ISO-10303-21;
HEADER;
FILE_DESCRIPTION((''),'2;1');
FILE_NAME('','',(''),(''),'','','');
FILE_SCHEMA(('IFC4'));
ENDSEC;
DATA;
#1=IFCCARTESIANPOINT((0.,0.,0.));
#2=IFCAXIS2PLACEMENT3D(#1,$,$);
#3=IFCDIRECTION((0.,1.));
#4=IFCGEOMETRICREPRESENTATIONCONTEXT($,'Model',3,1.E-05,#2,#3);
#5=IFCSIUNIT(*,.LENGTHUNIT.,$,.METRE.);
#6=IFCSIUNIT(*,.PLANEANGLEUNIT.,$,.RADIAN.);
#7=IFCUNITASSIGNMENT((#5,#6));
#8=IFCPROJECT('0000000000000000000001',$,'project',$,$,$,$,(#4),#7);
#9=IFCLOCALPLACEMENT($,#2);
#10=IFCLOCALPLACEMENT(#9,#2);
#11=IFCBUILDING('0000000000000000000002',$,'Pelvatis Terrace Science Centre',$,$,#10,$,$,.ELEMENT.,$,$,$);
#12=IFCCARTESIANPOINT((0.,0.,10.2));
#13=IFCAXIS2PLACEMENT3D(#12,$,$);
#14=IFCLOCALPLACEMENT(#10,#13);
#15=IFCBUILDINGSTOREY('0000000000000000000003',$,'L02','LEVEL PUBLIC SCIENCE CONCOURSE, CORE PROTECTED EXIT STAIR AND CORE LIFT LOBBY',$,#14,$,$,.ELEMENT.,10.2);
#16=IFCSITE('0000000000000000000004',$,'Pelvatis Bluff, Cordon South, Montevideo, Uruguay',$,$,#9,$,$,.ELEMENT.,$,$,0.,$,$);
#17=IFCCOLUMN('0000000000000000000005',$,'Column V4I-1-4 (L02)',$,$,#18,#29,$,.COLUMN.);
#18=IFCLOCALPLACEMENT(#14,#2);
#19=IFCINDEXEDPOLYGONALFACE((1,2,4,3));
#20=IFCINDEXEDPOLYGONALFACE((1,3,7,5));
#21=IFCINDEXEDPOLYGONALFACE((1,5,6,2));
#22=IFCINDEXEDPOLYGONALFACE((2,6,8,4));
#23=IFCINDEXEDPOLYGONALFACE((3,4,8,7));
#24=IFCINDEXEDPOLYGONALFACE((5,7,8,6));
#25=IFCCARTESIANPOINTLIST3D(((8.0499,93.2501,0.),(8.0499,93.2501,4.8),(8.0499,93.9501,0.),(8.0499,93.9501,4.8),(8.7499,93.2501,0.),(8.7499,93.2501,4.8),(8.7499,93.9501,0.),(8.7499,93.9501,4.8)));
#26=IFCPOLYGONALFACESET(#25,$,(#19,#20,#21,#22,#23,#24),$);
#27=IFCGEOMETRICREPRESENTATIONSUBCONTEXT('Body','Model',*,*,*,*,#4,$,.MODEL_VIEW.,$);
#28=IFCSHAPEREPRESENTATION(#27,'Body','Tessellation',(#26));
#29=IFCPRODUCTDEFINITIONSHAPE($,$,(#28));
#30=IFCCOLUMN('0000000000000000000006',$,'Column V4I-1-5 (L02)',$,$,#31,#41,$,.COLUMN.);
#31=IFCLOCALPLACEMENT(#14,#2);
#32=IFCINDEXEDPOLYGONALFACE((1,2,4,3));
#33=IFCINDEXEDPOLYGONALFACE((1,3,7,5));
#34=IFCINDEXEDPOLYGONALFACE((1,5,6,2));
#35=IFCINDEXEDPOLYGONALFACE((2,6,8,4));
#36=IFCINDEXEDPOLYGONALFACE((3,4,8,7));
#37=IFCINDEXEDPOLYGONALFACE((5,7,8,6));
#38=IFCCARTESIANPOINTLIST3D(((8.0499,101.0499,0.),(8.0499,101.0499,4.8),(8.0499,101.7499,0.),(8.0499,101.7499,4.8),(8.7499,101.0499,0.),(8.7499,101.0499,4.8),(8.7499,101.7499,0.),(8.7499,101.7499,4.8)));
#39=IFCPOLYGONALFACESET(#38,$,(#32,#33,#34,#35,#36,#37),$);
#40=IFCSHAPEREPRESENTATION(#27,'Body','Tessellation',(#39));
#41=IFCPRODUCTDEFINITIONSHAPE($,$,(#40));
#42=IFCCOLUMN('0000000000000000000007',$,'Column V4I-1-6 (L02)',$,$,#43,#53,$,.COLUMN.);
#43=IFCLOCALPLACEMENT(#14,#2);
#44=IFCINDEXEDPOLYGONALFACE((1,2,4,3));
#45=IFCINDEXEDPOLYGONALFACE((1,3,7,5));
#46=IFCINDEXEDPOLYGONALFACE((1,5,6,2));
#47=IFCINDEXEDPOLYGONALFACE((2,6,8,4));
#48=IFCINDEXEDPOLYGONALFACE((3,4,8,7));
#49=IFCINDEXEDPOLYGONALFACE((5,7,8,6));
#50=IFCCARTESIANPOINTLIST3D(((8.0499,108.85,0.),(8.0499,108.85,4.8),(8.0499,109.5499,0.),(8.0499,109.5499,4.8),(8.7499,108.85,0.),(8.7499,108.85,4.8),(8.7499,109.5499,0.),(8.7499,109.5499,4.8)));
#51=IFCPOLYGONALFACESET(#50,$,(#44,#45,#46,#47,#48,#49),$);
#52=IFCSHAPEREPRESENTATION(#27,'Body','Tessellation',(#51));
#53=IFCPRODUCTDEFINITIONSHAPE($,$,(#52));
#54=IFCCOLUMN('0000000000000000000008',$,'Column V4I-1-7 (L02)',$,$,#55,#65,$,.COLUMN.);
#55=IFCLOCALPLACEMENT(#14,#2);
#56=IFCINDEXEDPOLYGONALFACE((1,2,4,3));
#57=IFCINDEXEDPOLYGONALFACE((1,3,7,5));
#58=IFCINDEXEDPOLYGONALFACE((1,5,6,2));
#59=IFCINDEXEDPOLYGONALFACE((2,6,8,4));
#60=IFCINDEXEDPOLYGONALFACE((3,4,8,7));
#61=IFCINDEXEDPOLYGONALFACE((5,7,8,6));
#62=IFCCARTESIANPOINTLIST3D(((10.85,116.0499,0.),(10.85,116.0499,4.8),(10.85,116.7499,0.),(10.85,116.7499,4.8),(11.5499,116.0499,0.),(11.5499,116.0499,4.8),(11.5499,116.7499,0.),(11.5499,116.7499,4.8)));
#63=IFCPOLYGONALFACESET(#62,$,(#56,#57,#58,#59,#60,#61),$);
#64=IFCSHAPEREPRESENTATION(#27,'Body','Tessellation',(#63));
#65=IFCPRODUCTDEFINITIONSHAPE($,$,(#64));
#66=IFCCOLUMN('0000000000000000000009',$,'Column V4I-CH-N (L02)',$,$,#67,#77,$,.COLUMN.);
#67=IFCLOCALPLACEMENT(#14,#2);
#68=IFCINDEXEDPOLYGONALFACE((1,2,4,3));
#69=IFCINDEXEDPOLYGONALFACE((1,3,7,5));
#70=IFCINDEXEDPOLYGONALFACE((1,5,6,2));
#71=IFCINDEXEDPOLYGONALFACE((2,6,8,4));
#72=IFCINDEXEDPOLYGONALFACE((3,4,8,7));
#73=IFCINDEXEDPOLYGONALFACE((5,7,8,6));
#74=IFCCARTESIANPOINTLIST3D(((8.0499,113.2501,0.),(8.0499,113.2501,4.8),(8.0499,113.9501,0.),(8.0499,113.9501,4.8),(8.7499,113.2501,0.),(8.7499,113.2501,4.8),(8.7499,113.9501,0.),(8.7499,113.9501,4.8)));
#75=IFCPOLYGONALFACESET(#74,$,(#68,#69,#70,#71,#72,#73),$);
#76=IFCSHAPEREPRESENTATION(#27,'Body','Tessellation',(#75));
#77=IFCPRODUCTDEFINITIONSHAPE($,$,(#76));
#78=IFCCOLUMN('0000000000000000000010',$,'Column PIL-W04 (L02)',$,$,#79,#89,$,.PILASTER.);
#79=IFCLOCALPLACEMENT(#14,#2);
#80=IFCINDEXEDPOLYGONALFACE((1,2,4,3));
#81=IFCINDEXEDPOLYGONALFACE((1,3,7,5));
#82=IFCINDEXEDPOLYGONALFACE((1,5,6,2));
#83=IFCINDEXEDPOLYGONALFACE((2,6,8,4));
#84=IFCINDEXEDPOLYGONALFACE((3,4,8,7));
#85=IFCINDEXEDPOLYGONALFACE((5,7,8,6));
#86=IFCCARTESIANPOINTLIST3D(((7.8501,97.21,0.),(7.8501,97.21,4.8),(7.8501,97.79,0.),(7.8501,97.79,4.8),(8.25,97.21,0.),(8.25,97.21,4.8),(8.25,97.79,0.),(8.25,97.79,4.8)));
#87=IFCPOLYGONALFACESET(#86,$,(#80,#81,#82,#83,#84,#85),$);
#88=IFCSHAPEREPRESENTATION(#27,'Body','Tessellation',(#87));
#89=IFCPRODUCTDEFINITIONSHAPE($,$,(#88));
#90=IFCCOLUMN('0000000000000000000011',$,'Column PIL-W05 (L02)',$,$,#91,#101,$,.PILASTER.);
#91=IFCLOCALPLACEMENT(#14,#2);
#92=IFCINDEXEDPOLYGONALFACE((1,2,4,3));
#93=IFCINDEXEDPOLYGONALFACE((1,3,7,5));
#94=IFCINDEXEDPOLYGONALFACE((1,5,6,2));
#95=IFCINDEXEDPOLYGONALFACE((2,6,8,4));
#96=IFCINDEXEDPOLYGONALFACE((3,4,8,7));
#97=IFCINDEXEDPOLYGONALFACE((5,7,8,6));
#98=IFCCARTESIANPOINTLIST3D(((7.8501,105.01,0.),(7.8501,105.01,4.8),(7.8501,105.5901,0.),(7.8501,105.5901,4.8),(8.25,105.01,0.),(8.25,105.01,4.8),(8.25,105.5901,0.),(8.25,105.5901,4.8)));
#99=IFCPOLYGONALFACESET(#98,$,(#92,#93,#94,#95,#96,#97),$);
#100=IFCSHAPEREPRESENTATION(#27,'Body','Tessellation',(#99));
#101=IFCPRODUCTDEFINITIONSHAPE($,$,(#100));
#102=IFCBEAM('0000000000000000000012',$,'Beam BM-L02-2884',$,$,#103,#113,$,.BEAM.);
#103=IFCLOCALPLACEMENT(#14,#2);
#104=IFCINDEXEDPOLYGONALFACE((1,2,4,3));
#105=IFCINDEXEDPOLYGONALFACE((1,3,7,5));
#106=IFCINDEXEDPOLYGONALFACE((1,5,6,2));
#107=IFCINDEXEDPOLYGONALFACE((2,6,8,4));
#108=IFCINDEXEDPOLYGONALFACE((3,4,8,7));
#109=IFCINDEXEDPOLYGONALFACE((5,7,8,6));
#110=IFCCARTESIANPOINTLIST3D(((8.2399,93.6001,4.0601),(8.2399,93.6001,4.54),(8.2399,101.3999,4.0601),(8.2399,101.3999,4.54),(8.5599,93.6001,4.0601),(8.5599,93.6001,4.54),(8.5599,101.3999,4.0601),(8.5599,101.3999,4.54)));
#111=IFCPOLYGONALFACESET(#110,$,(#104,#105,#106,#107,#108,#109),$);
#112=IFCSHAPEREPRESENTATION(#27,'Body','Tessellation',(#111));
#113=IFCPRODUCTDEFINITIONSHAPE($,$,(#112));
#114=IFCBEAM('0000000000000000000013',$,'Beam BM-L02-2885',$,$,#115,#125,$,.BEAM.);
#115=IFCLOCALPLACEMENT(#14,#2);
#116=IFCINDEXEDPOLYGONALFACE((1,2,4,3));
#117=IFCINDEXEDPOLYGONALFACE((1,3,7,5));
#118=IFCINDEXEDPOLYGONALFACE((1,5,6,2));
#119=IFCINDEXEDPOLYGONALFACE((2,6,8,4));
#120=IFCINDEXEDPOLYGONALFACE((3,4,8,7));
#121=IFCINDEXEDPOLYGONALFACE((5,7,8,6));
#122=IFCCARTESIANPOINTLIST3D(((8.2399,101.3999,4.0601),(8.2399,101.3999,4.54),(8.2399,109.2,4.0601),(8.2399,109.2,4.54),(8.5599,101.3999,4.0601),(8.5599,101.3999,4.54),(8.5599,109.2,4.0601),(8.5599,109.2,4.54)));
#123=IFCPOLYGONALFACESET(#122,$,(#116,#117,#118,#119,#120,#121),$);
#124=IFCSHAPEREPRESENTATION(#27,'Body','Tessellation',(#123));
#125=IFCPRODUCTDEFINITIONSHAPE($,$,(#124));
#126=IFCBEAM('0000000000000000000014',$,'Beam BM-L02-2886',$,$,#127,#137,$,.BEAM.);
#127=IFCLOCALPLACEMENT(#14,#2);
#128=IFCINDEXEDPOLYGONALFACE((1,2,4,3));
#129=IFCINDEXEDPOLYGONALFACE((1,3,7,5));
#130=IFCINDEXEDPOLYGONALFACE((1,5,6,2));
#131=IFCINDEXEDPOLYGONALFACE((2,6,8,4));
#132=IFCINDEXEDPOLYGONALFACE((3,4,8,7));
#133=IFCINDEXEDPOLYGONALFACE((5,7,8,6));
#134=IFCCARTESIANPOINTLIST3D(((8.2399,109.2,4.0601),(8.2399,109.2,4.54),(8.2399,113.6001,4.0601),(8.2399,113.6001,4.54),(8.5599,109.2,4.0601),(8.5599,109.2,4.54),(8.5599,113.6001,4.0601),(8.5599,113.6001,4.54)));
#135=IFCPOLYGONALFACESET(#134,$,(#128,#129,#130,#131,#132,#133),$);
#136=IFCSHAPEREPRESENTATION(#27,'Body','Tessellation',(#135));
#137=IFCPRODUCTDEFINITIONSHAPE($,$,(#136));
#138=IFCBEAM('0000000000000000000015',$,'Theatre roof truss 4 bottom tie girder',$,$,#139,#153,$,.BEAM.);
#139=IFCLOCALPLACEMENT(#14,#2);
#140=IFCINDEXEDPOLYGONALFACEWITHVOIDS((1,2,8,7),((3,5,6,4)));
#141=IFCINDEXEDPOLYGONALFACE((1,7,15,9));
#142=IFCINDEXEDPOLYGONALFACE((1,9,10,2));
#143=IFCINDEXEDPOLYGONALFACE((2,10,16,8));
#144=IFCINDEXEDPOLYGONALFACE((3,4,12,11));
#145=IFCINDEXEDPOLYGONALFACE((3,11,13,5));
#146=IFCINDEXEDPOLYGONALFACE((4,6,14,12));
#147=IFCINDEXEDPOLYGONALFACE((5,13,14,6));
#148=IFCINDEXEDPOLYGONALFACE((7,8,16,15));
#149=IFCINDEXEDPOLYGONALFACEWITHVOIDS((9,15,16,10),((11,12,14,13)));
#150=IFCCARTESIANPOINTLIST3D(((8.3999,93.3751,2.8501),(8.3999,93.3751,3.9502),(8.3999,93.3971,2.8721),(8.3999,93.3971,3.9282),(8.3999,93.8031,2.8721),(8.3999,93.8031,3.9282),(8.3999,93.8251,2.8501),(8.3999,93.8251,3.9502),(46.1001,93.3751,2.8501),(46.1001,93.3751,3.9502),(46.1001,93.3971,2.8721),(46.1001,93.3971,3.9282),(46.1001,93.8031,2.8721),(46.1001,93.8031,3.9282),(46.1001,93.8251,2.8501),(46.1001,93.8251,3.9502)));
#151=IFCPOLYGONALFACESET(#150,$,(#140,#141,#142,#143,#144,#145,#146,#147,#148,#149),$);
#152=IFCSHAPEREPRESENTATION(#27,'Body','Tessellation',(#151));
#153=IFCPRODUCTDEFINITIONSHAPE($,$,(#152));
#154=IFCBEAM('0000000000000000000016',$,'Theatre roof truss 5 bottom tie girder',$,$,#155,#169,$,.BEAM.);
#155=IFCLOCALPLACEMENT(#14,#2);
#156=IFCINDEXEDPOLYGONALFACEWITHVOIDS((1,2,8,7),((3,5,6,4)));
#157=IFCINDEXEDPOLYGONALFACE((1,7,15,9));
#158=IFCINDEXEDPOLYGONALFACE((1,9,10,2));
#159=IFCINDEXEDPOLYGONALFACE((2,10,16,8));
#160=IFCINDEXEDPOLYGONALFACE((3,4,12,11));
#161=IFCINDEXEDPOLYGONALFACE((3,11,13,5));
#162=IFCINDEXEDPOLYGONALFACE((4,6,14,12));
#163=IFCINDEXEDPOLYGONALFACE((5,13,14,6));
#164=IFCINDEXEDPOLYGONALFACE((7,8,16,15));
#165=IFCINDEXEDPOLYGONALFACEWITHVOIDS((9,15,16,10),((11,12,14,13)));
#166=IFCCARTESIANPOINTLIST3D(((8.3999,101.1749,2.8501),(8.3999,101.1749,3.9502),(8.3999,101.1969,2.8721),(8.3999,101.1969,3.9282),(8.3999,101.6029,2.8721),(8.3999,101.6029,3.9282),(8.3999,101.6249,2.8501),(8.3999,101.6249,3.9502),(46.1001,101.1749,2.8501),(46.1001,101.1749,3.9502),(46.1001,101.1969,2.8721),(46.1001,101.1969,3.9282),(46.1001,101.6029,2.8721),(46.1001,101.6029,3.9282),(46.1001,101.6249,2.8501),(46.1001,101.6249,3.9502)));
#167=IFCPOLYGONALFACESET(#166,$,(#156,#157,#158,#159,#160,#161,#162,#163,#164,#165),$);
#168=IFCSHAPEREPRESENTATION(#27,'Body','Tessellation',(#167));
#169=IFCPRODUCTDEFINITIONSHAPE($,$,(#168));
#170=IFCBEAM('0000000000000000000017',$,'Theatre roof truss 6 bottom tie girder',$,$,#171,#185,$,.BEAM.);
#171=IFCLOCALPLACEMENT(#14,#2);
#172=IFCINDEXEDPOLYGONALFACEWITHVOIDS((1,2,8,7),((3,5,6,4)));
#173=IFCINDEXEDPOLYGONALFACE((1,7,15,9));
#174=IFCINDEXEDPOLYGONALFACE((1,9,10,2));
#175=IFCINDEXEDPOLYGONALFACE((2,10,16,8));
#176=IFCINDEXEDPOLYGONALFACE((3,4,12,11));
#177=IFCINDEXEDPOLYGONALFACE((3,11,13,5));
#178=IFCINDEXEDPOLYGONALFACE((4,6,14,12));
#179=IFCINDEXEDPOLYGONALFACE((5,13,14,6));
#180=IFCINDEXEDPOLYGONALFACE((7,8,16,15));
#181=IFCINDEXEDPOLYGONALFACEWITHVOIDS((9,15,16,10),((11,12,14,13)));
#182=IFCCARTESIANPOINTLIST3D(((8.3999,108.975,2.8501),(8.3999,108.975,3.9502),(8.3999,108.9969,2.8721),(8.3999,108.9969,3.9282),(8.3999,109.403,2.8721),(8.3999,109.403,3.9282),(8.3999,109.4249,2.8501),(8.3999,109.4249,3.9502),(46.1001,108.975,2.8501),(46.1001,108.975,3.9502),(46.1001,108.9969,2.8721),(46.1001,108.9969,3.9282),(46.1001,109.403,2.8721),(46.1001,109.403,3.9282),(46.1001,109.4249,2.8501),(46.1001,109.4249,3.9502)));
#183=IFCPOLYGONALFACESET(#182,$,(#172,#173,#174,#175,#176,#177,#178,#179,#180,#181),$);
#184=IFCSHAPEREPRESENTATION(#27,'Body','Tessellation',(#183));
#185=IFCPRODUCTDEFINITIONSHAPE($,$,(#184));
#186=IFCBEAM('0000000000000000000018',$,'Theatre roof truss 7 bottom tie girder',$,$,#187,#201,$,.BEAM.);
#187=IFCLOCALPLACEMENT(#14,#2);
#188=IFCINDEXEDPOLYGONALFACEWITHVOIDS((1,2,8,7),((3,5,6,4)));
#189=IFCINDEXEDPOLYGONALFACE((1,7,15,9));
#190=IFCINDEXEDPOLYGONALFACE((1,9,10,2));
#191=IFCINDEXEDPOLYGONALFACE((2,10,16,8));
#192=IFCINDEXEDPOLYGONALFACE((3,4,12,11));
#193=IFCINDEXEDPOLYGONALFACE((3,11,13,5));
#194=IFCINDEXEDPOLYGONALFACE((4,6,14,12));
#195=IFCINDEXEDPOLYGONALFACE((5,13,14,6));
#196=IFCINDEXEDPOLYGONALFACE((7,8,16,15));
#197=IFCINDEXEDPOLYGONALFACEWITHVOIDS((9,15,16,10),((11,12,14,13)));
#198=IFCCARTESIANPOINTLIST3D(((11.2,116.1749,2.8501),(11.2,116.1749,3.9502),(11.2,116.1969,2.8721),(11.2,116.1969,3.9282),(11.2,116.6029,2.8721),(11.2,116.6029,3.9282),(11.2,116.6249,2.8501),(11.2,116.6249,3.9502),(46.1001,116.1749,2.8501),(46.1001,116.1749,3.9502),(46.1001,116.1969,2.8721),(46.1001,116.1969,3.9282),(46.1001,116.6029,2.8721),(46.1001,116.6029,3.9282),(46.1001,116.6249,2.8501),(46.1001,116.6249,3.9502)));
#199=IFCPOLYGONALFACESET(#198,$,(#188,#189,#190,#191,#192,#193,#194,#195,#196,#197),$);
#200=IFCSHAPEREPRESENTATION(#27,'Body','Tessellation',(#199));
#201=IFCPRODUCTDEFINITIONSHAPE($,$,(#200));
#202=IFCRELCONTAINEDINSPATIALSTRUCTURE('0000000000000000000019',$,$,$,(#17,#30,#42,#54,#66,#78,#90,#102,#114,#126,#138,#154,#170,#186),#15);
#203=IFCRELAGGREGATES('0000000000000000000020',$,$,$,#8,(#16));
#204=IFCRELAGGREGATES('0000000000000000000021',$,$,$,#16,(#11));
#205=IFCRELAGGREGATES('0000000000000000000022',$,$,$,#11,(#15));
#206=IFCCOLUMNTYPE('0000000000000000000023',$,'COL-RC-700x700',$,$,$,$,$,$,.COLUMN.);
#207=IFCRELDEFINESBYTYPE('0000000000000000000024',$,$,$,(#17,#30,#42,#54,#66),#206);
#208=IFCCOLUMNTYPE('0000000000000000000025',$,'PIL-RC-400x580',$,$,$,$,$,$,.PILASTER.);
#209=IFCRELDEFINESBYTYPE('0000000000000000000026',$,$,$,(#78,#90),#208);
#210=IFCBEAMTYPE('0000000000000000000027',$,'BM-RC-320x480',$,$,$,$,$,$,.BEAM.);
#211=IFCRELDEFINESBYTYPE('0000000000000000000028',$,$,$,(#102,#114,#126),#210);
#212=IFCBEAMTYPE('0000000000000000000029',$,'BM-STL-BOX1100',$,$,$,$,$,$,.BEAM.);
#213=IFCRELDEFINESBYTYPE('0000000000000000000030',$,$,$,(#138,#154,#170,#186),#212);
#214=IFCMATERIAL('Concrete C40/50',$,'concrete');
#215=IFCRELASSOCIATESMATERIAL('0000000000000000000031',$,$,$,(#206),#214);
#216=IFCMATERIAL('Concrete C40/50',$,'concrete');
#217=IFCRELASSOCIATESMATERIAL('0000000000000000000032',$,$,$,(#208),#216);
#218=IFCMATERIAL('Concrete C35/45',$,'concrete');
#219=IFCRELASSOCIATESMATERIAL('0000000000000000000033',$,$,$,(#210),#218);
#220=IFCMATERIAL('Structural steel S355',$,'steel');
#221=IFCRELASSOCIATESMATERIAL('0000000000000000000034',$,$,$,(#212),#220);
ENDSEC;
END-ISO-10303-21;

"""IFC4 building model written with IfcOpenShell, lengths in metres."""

from ifc_helpers import new_model, si_unit, direction, frame, origin, origin_2d, place, context, subcontext, project, spatial, rectangle, hollow_rectangle, extrude, material, material_profile, profile_set, type_object, element, save


model = new_model("IFC4")

# Units and contexts
model_context = context("Model", 3, precision=1e-05, world=origin(), true_north=direction((0.0, 1.0)))
body_context = subcontext(model_context, "Body", "Model", "MODEL_VIEW")
ifc_project = project(units=[si_unit("LENGTHUNIT", "METRE"), si_unit("PLANEANGLEUNIT", "RADIAN")], contexts=[model_context])

# Site, building, storey
site_placement = place(None, origin())
site = spatial("IfcSite", under=ifc_project, at=site_placement, Name="Pelvatis Bluff, Cordon South, Montevideo, Uruguay", CompositionType="ELEMENT", RefElevation=0.0)
building_placement = place(site_placement, origin())
building = spatial("IfcBuilding", under=site, at=building_placement, Name="Pelvatis Terrace Science Centre", CompositionType="ELEMENT")
storey_placement = place(building_placement, frame((0.0, 0.0, 10.2)))
storey = spatial("IfcBuildingStorey", under=building, at=storey_placement, Name="L02", Description="LEVEL PUBLIC SCIENCE CONCOURSE, CORE PROTECTED EXIT STAIR AND CORE LIFT LOBBY", CompositionType="ELEMENT", Elevation=10.2)

# Columns
ifc_material_1 = material(Name="Concrete C40/50", Category="concrete")
ifc_material_profile_1 = material_profile(ifc_material_1, rectangle(XDim=0.7, YDim=0.7, at=origin_2d()), Name="RC-COL 700x700")
ifc_profile_set_1 = profile_set([ifc_material_profile_1], Name="Concrete C40/50")
column_type_1 = type_object("IfcColumnType", Name="COL-RC-700x700", PredefinedType="COLUMN", material=ifc_profile_set_1)
for number, where, z_axis, x_axis, name in (
    (1, (8.3999, 93.6001, 0.0), (0.0, 0.0, 1.0), (1.0, 0.0, 0.0), "Column V4I-1-4 (L02)"),
    (2, (8.3999, 101.3999, 0.0), (0.0, 0.0, 1.0), (1.0, 0.0, 0.0), "Column V4I-1-5 (L02)"),
    (3, (8.3999, 109.2, 0.0), (0.0, 0.0, 1.0), (1.0, 0.0, 0.0), "Column V4I-1-6 (L02)"),
    (4, (11.2, 116.3999, 0.0), (0.0, 0.0, 1.0), (1.0, 0.0, 0.0), "Column V4I-1-7 (L02)"),
    (5, (8.3999, 113.6001, 0.0), (0.0, 0.0, 1.0), (1.0, 0.0, 0.0), "Column V4I-CH-N (L02)"),
):
    element("IfcColumn", number, at=place(storey_placement, frame(where, z_axis=z_axis, x_axis=x_axis)), inside=storey, type_object=column_type_1, Name=name, PredefinedType="COLUMN", context=body_context, shape_type="SweptSolid", body=[
        extrude(rectangle(XDim=0.7, YDim=0.7, at=origin_2d()), origin(), (0.0, 0.0, 1.0), 4.8),
    ])
ifc_material_2 = material(Name="Concrete C40/50", Category="concrete")
ifc_material_profile_2 = material_profile(ifc_material_2, rectangle(XDim=0.3999, YDim=0.5801, at=origin_2d()), Name="RC-PIL 400x580")
ifc_profile_set_2 = profile_set([ifc_material_profile_2], Name="Concrete C40/50")
column_type_2 = type_object("IfcColumnType", Name="PIL-RC-400x580", PredefinedType="PILASTER", material=ifc_profile_set_2)
for number, where, z_axis, x_axis, name in (
    (6, (8.05, 97.5, 0.0), (0.0, 0.0, 1.0), (1.0, 0.0, 0.0), "Column PIL-W04 (L02)"),
    (7, (8.05, 105.3, 0.0), (0.0, 0.0, 1.0), (1.0, 0.0, 0.0), "Column PIL-W05 (L02)"),
):
    element("IfcColumn", number, at=place(storey_placement, frame(where, z_axis=z_axis, x_axis=x_axis)), inside=storey, type_object=column_type_2, Name=name, PredefinedType="PILASTER", context=body_context, shape_type="SweptSolid", body=[
        extrude(rectangle(XDim=0.3999, YDim=0.5801, at=origin_2d()), origin(), (0.0, 0.0, 1.0), 4.8),
    ])

# Beams
ifc_material_3 = material(Name="Concrete C35/45", Category="concrete")
ifc_material_profile_3 = material_profile(ifc_material_3, rectangle(XDim=0.3201, YDim=0.48, at=origin_2d()), Name="RC-BM 320x480")
ifc_profile_set_3 = profile_set([ifc_material_profile_3], Name="Concrete C35/45")
beam_type_1 = type_object("IfcBeamType", Name="BM-RC-320x480", PredefinedType="BEAM", material=ifc_profile_set_3)
beam_1_placement = place(storey_placement, frame((8.3999, 93.6001, 4.3), z_axis=(0.0, 1.0, 0.0), x_axis=(-1.0, 0.0, 0.0)))
element("IfcBeam", 8, at=beam_1_placement, inside=storey, type_object=beam_type_1, Name="Beam BM-L02-2884", PredefinedType="BEAM", context=body_context, shape_type="SweptSolid", body=[
    extrude(rectangle(XDim=0.3201, YDim=0.48, at=origin_2d()), origin(), (0.0, 0.0, 1.0), 7.7998),
])
beam_2_placement = place(storey_placement, frame((8.3999, 101.3999, 4.3), z_axis=(0.0, 1.0, 0.0), x_axis=(-1.0, 0.0, 0.0)))
element("IfcBeam", 9, at=beam_2_placement, inside=storey, type_object=beam_type_1, Name="Beam BM-L02-2885", PredefinedType="BEAM", context=body_context, shape_type="SweptSolid", body=[
    extrude(rectangle(XDim=0.3201, YDim=0.48, at=origin_2d()), origin(), (0.0, 0.0, 1.0), 7.8),
])
beam_3_placement = place(storey_placement, frame((8.3999, 109.2, 4.3), z_axis=(0.0, 1.0, 0.0), x_axis=(-1.0, 0.0, 0.0)))
element("IfcBeam", 10, at=beam_3_placement, inside=storey, type_object=beam_type_1, Name="Beam BM-L02-2886", PredefinedType="BEAM", context=body_context, shape_type="SweptSolid", body=[
    extrude(rectangle(XDim=0.3201, YDim=0.48, at=origin_2d()), origin(), (0.0, 0.0, 1.0), 4.4001),
])
ifc_material_4 = material(Name="Structural steel S355", Category="steel")
ifc_material_profile_4 = material_profile(ifc_material_4, hollow_rectangle(XDim=0.45, YDim=1.1001, WallThickness=0.022, at=origin_2d()), Name="RHS 1100x450x22.0")
ifc_profile_set_4 = profile_set([ifc_material_profile_4], Name="Structural steel S355")
beam_type_2 = type_object("IfcBeamType", Name="BM-STL-BOX1100", PredefinedType="BEAM", material=ifc_profile_set_4)
for number, where, z_axis, x_axis, name in (
    (11, (8.3999, 93.6001, 3.4001), (1.0, 0.0, 0.0), (0.0, 1.0, 0.0), "Theatre roof truss 4 bottom tie girder"),
    (12, (8.3999, 101.3999, 3.4001), (1.0, 0.0, 0.0), (0.0, 1.0, 0.0), "Theatre roof truss 5 bottom tie girder"),
    (13, (8.3999, 109.2, 3.4001), (1.0, 0.0, 0.0), (0.0, 1.0, 0.0), "Theatre roof truss 6 bottom tie girder"),
):
    element("IfcBeam", number, at=place(storey_placement, frame(where, z_axis=z_axis, x_axis=x_axis)), inside=storey, type_object=beam_type_2, Name=name, PredefinedType="BEAM", context=body_context, shape_type="SweptSolid", body=[
        extrude(hollow_rectangle(XDim=0.45, YDim=1.1001, WallThickness=0.022, at=origin_2d()), origin(), (0.0, 0.0, 1.0), 37.7002),
    ])
beam_4_placement = place(storey_placement, frame((11.2, 116.3999, 3.4001), z_axis=(1.0, 0.0, 0.0), x_axis=(0.0, 1.0, 0.0)))
element("IfcBeam", 14, at=beam_4_placement, inside=storey, type_object=beam_type_2, Name="Theatre roof truss 7 bottom tie girder", PredefinedType="BEAM", context=body_context, shape_type="SweptSolid", body=[
    extrude(hollow_rectangle(XDim=0.45, YDim=1.1001, WallThickness=0.022, at=origin_2d()), origin(), (0.0, 0.0, 1.0), 34.9001),
])

save(model, "model.ifc")
